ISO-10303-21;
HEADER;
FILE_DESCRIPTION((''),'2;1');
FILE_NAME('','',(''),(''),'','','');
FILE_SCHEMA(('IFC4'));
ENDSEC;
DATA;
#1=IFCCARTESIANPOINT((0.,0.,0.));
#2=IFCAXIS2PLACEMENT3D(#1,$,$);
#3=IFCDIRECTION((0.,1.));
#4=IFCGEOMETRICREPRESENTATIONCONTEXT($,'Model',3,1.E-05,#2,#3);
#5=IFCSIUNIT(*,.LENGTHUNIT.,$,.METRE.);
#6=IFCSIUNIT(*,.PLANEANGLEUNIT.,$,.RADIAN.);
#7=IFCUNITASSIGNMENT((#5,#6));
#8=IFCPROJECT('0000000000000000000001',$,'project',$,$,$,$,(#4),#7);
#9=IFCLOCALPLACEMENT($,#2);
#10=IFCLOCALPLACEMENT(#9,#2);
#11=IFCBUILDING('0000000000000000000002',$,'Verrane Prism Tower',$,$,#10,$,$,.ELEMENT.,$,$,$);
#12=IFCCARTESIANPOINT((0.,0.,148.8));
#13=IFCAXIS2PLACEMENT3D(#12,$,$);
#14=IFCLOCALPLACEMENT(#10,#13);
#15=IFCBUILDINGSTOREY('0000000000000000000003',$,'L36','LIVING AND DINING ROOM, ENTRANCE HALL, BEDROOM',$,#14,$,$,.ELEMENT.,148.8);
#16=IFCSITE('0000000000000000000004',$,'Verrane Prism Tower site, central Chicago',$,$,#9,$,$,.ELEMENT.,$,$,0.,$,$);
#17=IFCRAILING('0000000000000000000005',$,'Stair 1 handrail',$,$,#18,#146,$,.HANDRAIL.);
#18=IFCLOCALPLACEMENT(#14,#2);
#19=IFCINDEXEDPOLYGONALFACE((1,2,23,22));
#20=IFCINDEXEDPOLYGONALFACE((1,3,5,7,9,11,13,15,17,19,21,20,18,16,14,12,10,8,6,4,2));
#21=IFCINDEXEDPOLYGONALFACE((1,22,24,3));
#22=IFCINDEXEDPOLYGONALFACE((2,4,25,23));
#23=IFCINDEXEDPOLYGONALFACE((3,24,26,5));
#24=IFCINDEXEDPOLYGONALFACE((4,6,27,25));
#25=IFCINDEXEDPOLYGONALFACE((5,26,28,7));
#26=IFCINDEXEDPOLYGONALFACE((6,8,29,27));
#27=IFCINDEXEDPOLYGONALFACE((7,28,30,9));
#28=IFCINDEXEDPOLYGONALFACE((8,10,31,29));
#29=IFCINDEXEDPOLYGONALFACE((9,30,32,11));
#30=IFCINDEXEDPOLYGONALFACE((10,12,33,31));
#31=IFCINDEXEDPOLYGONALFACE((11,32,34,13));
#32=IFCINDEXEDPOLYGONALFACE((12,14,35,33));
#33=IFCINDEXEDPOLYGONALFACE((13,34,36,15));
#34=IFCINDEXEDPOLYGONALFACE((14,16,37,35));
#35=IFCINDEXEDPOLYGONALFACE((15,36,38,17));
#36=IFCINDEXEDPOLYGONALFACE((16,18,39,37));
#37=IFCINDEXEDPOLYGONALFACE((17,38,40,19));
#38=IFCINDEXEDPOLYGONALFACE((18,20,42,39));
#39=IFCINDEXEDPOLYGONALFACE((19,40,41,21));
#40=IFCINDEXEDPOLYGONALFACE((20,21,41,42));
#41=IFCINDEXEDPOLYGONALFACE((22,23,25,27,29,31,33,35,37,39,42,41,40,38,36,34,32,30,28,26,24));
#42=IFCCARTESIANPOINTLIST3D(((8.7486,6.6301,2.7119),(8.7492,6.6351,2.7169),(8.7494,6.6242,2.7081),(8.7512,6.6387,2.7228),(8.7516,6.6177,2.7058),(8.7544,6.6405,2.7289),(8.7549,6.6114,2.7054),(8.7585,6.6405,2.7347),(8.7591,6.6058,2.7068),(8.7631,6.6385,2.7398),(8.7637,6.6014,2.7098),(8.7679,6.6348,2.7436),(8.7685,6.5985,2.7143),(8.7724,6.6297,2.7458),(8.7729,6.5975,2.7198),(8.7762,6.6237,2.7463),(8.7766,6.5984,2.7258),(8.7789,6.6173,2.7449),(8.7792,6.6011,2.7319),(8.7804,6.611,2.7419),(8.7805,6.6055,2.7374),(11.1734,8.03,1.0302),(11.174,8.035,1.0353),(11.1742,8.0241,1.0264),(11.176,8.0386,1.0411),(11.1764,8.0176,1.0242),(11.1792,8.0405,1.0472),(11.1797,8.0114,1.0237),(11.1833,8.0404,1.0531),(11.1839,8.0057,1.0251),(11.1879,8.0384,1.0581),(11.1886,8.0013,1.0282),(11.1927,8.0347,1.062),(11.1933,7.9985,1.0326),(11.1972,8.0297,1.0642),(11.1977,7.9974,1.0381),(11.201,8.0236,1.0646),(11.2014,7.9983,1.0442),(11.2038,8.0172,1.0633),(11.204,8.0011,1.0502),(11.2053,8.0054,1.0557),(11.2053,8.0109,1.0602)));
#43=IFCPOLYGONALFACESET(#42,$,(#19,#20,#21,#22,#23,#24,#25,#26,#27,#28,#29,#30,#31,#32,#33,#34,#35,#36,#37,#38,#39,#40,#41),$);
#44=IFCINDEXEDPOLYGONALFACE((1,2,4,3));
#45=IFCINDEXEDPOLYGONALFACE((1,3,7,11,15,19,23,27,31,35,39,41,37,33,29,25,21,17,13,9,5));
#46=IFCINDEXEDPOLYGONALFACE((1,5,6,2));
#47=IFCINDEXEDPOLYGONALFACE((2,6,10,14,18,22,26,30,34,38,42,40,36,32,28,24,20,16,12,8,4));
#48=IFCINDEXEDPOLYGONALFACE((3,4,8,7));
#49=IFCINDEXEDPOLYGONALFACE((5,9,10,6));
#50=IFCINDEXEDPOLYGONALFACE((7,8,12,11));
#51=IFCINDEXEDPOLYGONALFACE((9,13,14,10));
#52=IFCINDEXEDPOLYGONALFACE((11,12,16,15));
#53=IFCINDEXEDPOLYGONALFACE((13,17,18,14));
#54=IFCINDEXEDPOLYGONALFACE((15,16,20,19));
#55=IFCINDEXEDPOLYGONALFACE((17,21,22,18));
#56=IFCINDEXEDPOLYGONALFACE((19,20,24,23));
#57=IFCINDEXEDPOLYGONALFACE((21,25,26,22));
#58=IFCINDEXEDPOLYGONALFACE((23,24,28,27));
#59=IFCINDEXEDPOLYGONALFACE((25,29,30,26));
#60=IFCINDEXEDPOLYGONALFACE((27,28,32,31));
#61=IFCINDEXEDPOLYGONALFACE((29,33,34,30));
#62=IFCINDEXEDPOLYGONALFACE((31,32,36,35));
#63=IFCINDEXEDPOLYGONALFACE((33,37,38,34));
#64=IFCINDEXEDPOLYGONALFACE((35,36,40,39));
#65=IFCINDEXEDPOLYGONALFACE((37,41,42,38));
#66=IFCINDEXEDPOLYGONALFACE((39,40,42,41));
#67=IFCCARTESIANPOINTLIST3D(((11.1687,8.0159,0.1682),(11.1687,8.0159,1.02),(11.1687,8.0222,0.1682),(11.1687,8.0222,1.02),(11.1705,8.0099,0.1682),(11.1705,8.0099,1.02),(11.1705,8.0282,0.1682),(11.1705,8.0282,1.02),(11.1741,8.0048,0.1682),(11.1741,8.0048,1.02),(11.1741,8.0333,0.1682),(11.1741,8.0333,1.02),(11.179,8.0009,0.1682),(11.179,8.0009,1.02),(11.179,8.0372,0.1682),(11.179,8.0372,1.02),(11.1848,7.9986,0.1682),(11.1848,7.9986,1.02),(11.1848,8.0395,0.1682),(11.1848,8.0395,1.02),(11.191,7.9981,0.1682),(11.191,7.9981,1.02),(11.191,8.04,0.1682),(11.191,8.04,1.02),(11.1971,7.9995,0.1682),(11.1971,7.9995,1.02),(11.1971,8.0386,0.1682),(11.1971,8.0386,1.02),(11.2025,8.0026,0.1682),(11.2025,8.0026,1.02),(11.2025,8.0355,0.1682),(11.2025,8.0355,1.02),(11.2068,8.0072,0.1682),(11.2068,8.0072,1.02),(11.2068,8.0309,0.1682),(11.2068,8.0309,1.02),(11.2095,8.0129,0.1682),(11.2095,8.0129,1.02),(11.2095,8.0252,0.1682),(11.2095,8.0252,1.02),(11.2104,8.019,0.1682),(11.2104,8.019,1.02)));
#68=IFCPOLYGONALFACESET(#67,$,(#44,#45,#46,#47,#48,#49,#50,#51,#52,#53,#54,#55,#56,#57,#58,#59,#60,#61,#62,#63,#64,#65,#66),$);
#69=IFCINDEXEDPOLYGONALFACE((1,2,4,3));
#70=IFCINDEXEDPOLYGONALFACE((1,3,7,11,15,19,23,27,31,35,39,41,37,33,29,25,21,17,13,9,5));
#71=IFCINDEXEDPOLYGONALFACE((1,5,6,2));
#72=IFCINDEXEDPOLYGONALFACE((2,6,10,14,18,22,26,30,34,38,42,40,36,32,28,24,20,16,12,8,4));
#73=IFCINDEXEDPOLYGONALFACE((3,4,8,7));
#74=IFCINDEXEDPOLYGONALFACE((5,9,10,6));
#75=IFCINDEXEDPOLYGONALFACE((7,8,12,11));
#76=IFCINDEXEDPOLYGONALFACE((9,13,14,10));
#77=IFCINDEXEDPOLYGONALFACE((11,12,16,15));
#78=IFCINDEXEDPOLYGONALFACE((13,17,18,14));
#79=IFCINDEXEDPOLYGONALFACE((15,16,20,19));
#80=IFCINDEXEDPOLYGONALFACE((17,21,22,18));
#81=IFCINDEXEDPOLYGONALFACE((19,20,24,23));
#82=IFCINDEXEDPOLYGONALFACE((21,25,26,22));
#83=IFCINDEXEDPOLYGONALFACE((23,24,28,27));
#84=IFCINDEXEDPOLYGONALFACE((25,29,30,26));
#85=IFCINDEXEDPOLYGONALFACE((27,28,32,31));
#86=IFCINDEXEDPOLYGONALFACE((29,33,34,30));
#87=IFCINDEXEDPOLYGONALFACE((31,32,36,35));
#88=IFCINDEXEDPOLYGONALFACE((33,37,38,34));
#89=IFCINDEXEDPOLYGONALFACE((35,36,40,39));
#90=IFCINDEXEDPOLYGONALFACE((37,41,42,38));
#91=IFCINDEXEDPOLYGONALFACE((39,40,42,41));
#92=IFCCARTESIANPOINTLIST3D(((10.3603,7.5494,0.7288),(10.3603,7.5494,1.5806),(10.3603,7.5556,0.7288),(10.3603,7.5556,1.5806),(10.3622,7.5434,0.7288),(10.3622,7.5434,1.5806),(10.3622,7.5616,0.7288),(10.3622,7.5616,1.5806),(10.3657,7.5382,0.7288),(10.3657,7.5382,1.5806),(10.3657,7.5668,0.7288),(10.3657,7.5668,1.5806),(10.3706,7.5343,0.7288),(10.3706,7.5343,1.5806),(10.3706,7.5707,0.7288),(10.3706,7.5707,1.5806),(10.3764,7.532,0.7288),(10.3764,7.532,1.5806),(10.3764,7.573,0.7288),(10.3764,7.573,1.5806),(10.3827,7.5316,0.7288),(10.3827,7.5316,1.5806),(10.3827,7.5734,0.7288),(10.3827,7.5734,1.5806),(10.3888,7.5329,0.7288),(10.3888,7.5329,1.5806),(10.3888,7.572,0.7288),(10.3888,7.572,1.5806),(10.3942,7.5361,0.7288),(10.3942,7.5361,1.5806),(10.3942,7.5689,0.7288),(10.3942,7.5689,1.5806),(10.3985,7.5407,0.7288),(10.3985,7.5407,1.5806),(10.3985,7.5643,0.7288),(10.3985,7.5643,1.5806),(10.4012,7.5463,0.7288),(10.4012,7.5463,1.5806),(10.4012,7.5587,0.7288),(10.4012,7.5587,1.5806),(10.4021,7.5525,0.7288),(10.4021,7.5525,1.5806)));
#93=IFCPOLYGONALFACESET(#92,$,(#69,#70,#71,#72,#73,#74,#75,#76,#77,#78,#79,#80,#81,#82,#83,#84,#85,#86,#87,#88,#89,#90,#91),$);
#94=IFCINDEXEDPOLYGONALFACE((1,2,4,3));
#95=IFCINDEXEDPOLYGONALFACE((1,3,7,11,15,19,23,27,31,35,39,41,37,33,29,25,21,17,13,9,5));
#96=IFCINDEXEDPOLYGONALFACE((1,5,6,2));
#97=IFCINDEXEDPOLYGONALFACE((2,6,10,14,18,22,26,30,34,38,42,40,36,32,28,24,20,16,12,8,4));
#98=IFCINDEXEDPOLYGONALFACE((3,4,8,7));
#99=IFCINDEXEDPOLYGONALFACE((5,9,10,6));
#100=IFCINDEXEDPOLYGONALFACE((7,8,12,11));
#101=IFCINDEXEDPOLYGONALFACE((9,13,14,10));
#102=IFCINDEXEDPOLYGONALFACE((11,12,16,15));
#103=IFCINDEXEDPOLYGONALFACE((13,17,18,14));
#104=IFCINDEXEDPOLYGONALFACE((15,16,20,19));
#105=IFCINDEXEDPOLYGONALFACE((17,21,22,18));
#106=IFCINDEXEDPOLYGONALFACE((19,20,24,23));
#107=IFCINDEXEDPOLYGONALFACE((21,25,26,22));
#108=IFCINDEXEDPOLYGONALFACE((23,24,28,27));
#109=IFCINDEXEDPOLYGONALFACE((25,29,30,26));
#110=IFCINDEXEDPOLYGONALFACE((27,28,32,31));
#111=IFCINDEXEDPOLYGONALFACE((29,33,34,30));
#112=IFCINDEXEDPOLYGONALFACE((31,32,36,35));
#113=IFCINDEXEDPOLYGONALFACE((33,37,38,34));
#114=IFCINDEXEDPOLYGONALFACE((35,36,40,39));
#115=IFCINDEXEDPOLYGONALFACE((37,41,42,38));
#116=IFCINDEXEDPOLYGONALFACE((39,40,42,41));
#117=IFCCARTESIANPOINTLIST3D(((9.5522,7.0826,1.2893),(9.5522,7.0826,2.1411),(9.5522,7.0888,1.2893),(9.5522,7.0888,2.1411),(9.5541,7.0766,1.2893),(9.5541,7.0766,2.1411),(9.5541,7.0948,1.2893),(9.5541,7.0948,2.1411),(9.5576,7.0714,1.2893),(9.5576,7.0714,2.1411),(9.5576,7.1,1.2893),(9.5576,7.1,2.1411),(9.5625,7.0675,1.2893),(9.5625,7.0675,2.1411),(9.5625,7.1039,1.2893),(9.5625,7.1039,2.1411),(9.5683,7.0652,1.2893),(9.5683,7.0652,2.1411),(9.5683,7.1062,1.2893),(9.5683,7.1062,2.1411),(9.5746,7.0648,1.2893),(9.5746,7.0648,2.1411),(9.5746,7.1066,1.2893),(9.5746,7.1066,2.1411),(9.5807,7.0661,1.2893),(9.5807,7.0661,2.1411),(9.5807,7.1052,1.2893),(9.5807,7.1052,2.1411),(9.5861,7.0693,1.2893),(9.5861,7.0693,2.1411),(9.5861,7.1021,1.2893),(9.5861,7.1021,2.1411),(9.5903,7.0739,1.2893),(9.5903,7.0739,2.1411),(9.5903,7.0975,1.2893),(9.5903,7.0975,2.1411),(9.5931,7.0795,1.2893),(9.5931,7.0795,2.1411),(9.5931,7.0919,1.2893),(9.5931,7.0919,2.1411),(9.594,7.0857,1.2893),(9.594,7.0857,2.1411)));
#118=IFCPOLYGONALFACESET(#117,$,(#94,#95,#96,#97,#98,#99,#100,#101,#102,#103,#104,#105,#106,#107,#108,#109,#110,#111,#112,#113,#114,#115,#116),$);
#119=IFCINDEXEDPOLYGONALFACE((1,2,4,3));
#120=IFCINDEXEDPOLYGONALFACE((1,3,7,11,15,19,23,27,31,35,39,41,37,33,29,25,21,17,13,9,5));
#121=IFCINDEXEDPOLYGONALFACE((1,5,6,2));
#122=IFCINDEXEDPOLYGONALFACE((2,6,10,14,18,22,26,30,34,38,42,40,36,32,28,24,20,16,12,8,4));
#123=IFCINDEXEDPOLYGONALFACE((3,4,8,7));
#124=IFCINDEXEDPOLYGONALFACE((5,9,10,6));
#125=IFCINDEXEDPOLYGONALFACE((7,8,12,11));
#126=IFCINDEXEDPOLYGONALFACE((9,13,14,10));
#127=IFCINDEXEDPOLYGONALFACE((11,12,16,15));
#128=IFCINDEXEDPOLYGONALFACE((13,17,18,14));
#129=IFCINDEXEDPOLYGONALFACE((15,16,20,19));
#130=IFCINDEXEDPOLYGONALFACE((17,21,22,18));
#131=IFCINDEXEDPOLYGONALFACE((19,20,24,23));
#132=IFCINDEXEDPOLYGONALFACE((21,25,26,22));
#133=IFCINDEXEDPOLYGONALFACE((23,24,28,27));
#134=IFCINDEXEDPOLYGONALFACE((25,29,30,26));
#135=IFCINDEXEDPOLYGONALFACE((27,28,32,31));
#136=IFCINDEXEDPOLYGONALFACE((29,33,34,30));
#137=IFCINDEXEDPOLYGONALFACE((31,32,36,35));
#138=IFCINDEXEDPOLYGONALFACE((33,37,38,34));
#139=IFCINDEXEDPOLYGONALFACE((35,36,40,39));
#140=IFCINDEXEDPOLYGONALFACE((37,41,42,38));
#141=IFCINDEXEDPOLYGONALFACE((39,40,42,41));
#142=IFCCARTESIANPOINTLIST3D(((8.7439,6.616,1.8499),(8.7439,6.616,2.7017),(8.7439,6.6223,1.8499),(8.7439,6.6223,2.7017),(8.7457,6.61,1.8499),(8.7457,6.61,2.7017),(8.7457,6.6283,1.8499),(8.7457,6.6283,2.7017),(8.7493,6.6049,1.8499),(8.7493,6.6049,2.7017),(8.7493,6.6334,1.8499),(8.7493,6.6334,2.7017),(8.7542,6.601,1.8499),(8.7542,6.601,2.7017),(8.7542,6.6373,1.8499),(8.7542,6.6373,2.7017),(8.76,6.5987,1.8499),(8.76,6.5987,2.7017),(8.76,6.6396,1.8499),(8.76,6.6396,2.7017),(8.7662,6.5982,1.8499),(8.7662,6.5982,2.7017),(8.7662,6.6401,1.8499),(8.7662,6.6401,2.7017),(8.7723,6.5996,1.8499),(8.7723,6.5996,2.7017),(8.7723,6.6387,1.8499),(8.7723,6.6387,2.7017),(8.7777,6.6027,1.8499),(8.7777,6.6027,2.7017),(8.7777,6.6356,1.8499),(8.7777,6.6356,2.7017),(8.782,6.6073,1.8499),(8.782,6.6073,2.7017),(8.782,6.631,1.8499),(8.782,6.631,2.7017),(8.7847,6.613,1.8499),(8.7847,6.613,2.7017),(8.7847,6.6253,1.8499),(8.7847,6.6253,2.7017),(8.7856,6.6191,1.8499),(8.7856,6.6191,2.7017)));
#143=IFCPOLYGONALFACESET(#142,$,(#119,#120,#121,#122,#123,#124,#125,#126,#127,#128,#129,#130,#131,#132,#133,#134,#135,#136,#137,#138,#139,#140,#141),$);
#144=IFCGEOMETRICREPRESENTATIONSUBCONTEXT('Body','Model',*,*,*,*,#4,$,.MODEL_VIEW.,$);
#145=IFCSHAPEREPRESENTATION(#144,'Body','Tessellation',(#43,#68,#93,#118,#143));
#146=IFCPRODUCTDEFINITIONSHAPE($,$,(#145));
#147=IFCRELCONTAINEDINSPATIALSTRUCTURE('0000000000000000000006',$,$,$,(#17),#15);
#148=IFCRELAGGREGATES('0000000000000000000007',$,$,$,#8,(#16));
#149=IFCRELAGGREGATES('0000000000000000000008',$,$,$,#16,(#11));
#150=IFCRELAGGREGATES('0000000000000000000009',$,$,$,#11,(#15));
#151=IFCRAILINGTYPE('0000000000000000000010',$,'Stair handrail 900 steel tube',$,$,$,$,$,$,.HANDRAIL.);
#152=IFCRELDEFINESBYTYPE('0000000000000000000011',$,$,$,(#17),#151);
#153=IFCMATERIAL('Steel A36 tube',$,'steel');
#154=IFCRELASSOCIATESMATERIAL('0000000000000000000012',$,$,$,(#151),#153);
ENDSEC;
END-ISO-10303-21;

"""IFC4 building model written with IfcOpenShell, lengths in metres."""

from ifc_helpers import new_model, si_unit, direction, frame, origin, origin_2d, place, context, subcontext, project, spatial, circle, extrude, material, type_object, element, save


model = new_model("IFC4")

# Units and contexts
model_context = context("Model", 3, precision=1e-05, world=origin(), true_north=direction((0.0, 1.0)))
body_context = subcontext(model_context, "Body", "Model", "MODEL_VIEW")
ifc_project = project(units=[si_unit("LENGTHUNIT", "METRE"), si_unit("PLANEANGLEUNIT", "RADIAN")], contexts=[model_context])

# Site, building, storey
site_placement = place(None, origin())
site = spatial("IfcSite", under=ifc_project, at=site_placement, Name="Verrane Prism Tower site, central Chicago", CompositionType="ELEMENT", RefElevation=0.0)
building_placement = place(site_placement, origin())
building = spatial("IfcBuilding", under=site, at=building_placement, Name="Verrane Prism Tower", CompositionType="ELEMENT")
storey_placement = place(building_placement, frame((0.0, 0.0, 148.8)))
storey = spatial("IfcBuildingStorey", under=building, at=storey_placement, Name="L36", Description="LIVING AND DINING ROOM, ENTRANCE HALL, BEDROOM", CompositionType="ELEMENT", Elevation=148.8)

# Railing
ifc_material_1 = material(Name="Steel A36 tube", Category="steel")
railing_type = type_object("IfcRailingType", Name="Stair handrail 900 steel tube", PredefinedType="HANDRAIL", material=ifc_material_1)
railing_placement = place(storey_placement, frame((11.1895, 8.019, 0.1682)))
element("IfcRailing", 1, at=railing_placement, inside=storey, type_object=railing_type, Name="Stair 1 handrail", PredefinedType="HANDRAIL", context=body_context, shape_type="SweptSolid", body=[
    extrude(circle(Radius=0.0239, at=origin_2d()), frame((0.0, 0.0, 0.876), z_axis=(-0.742419, -0.428618, 0.514879), x_axis=(0.499984, -0.866035, 0.0)), (0.0, 0.0, 1.0), 3.2661),
    extrude(circle(Radius=0.021, at=origin_2d()), origin(), (0.0, 0.0, 1.0), 0.8518),
    extrude(circle(Radius=0.021, at=origin_2d()), frame((-0.8083, -0.4666, 0.5605)), (0.0, 0.0, 1.0), 0.8518),
    extrude(circle(Radius=0.021, at=origin_2d()), frame((-1.6165, -0.9333, 1.1211)), (0.0, 0.0, 1.0), 0.8518),
    extrude(circle(Radius=0.021, at=origin_2d()), frame((-2.4248, -1.3999, 1.6816)), (0.0, 0.0, 1.0), 0.8518),
])

save(model, "model.ifc")
